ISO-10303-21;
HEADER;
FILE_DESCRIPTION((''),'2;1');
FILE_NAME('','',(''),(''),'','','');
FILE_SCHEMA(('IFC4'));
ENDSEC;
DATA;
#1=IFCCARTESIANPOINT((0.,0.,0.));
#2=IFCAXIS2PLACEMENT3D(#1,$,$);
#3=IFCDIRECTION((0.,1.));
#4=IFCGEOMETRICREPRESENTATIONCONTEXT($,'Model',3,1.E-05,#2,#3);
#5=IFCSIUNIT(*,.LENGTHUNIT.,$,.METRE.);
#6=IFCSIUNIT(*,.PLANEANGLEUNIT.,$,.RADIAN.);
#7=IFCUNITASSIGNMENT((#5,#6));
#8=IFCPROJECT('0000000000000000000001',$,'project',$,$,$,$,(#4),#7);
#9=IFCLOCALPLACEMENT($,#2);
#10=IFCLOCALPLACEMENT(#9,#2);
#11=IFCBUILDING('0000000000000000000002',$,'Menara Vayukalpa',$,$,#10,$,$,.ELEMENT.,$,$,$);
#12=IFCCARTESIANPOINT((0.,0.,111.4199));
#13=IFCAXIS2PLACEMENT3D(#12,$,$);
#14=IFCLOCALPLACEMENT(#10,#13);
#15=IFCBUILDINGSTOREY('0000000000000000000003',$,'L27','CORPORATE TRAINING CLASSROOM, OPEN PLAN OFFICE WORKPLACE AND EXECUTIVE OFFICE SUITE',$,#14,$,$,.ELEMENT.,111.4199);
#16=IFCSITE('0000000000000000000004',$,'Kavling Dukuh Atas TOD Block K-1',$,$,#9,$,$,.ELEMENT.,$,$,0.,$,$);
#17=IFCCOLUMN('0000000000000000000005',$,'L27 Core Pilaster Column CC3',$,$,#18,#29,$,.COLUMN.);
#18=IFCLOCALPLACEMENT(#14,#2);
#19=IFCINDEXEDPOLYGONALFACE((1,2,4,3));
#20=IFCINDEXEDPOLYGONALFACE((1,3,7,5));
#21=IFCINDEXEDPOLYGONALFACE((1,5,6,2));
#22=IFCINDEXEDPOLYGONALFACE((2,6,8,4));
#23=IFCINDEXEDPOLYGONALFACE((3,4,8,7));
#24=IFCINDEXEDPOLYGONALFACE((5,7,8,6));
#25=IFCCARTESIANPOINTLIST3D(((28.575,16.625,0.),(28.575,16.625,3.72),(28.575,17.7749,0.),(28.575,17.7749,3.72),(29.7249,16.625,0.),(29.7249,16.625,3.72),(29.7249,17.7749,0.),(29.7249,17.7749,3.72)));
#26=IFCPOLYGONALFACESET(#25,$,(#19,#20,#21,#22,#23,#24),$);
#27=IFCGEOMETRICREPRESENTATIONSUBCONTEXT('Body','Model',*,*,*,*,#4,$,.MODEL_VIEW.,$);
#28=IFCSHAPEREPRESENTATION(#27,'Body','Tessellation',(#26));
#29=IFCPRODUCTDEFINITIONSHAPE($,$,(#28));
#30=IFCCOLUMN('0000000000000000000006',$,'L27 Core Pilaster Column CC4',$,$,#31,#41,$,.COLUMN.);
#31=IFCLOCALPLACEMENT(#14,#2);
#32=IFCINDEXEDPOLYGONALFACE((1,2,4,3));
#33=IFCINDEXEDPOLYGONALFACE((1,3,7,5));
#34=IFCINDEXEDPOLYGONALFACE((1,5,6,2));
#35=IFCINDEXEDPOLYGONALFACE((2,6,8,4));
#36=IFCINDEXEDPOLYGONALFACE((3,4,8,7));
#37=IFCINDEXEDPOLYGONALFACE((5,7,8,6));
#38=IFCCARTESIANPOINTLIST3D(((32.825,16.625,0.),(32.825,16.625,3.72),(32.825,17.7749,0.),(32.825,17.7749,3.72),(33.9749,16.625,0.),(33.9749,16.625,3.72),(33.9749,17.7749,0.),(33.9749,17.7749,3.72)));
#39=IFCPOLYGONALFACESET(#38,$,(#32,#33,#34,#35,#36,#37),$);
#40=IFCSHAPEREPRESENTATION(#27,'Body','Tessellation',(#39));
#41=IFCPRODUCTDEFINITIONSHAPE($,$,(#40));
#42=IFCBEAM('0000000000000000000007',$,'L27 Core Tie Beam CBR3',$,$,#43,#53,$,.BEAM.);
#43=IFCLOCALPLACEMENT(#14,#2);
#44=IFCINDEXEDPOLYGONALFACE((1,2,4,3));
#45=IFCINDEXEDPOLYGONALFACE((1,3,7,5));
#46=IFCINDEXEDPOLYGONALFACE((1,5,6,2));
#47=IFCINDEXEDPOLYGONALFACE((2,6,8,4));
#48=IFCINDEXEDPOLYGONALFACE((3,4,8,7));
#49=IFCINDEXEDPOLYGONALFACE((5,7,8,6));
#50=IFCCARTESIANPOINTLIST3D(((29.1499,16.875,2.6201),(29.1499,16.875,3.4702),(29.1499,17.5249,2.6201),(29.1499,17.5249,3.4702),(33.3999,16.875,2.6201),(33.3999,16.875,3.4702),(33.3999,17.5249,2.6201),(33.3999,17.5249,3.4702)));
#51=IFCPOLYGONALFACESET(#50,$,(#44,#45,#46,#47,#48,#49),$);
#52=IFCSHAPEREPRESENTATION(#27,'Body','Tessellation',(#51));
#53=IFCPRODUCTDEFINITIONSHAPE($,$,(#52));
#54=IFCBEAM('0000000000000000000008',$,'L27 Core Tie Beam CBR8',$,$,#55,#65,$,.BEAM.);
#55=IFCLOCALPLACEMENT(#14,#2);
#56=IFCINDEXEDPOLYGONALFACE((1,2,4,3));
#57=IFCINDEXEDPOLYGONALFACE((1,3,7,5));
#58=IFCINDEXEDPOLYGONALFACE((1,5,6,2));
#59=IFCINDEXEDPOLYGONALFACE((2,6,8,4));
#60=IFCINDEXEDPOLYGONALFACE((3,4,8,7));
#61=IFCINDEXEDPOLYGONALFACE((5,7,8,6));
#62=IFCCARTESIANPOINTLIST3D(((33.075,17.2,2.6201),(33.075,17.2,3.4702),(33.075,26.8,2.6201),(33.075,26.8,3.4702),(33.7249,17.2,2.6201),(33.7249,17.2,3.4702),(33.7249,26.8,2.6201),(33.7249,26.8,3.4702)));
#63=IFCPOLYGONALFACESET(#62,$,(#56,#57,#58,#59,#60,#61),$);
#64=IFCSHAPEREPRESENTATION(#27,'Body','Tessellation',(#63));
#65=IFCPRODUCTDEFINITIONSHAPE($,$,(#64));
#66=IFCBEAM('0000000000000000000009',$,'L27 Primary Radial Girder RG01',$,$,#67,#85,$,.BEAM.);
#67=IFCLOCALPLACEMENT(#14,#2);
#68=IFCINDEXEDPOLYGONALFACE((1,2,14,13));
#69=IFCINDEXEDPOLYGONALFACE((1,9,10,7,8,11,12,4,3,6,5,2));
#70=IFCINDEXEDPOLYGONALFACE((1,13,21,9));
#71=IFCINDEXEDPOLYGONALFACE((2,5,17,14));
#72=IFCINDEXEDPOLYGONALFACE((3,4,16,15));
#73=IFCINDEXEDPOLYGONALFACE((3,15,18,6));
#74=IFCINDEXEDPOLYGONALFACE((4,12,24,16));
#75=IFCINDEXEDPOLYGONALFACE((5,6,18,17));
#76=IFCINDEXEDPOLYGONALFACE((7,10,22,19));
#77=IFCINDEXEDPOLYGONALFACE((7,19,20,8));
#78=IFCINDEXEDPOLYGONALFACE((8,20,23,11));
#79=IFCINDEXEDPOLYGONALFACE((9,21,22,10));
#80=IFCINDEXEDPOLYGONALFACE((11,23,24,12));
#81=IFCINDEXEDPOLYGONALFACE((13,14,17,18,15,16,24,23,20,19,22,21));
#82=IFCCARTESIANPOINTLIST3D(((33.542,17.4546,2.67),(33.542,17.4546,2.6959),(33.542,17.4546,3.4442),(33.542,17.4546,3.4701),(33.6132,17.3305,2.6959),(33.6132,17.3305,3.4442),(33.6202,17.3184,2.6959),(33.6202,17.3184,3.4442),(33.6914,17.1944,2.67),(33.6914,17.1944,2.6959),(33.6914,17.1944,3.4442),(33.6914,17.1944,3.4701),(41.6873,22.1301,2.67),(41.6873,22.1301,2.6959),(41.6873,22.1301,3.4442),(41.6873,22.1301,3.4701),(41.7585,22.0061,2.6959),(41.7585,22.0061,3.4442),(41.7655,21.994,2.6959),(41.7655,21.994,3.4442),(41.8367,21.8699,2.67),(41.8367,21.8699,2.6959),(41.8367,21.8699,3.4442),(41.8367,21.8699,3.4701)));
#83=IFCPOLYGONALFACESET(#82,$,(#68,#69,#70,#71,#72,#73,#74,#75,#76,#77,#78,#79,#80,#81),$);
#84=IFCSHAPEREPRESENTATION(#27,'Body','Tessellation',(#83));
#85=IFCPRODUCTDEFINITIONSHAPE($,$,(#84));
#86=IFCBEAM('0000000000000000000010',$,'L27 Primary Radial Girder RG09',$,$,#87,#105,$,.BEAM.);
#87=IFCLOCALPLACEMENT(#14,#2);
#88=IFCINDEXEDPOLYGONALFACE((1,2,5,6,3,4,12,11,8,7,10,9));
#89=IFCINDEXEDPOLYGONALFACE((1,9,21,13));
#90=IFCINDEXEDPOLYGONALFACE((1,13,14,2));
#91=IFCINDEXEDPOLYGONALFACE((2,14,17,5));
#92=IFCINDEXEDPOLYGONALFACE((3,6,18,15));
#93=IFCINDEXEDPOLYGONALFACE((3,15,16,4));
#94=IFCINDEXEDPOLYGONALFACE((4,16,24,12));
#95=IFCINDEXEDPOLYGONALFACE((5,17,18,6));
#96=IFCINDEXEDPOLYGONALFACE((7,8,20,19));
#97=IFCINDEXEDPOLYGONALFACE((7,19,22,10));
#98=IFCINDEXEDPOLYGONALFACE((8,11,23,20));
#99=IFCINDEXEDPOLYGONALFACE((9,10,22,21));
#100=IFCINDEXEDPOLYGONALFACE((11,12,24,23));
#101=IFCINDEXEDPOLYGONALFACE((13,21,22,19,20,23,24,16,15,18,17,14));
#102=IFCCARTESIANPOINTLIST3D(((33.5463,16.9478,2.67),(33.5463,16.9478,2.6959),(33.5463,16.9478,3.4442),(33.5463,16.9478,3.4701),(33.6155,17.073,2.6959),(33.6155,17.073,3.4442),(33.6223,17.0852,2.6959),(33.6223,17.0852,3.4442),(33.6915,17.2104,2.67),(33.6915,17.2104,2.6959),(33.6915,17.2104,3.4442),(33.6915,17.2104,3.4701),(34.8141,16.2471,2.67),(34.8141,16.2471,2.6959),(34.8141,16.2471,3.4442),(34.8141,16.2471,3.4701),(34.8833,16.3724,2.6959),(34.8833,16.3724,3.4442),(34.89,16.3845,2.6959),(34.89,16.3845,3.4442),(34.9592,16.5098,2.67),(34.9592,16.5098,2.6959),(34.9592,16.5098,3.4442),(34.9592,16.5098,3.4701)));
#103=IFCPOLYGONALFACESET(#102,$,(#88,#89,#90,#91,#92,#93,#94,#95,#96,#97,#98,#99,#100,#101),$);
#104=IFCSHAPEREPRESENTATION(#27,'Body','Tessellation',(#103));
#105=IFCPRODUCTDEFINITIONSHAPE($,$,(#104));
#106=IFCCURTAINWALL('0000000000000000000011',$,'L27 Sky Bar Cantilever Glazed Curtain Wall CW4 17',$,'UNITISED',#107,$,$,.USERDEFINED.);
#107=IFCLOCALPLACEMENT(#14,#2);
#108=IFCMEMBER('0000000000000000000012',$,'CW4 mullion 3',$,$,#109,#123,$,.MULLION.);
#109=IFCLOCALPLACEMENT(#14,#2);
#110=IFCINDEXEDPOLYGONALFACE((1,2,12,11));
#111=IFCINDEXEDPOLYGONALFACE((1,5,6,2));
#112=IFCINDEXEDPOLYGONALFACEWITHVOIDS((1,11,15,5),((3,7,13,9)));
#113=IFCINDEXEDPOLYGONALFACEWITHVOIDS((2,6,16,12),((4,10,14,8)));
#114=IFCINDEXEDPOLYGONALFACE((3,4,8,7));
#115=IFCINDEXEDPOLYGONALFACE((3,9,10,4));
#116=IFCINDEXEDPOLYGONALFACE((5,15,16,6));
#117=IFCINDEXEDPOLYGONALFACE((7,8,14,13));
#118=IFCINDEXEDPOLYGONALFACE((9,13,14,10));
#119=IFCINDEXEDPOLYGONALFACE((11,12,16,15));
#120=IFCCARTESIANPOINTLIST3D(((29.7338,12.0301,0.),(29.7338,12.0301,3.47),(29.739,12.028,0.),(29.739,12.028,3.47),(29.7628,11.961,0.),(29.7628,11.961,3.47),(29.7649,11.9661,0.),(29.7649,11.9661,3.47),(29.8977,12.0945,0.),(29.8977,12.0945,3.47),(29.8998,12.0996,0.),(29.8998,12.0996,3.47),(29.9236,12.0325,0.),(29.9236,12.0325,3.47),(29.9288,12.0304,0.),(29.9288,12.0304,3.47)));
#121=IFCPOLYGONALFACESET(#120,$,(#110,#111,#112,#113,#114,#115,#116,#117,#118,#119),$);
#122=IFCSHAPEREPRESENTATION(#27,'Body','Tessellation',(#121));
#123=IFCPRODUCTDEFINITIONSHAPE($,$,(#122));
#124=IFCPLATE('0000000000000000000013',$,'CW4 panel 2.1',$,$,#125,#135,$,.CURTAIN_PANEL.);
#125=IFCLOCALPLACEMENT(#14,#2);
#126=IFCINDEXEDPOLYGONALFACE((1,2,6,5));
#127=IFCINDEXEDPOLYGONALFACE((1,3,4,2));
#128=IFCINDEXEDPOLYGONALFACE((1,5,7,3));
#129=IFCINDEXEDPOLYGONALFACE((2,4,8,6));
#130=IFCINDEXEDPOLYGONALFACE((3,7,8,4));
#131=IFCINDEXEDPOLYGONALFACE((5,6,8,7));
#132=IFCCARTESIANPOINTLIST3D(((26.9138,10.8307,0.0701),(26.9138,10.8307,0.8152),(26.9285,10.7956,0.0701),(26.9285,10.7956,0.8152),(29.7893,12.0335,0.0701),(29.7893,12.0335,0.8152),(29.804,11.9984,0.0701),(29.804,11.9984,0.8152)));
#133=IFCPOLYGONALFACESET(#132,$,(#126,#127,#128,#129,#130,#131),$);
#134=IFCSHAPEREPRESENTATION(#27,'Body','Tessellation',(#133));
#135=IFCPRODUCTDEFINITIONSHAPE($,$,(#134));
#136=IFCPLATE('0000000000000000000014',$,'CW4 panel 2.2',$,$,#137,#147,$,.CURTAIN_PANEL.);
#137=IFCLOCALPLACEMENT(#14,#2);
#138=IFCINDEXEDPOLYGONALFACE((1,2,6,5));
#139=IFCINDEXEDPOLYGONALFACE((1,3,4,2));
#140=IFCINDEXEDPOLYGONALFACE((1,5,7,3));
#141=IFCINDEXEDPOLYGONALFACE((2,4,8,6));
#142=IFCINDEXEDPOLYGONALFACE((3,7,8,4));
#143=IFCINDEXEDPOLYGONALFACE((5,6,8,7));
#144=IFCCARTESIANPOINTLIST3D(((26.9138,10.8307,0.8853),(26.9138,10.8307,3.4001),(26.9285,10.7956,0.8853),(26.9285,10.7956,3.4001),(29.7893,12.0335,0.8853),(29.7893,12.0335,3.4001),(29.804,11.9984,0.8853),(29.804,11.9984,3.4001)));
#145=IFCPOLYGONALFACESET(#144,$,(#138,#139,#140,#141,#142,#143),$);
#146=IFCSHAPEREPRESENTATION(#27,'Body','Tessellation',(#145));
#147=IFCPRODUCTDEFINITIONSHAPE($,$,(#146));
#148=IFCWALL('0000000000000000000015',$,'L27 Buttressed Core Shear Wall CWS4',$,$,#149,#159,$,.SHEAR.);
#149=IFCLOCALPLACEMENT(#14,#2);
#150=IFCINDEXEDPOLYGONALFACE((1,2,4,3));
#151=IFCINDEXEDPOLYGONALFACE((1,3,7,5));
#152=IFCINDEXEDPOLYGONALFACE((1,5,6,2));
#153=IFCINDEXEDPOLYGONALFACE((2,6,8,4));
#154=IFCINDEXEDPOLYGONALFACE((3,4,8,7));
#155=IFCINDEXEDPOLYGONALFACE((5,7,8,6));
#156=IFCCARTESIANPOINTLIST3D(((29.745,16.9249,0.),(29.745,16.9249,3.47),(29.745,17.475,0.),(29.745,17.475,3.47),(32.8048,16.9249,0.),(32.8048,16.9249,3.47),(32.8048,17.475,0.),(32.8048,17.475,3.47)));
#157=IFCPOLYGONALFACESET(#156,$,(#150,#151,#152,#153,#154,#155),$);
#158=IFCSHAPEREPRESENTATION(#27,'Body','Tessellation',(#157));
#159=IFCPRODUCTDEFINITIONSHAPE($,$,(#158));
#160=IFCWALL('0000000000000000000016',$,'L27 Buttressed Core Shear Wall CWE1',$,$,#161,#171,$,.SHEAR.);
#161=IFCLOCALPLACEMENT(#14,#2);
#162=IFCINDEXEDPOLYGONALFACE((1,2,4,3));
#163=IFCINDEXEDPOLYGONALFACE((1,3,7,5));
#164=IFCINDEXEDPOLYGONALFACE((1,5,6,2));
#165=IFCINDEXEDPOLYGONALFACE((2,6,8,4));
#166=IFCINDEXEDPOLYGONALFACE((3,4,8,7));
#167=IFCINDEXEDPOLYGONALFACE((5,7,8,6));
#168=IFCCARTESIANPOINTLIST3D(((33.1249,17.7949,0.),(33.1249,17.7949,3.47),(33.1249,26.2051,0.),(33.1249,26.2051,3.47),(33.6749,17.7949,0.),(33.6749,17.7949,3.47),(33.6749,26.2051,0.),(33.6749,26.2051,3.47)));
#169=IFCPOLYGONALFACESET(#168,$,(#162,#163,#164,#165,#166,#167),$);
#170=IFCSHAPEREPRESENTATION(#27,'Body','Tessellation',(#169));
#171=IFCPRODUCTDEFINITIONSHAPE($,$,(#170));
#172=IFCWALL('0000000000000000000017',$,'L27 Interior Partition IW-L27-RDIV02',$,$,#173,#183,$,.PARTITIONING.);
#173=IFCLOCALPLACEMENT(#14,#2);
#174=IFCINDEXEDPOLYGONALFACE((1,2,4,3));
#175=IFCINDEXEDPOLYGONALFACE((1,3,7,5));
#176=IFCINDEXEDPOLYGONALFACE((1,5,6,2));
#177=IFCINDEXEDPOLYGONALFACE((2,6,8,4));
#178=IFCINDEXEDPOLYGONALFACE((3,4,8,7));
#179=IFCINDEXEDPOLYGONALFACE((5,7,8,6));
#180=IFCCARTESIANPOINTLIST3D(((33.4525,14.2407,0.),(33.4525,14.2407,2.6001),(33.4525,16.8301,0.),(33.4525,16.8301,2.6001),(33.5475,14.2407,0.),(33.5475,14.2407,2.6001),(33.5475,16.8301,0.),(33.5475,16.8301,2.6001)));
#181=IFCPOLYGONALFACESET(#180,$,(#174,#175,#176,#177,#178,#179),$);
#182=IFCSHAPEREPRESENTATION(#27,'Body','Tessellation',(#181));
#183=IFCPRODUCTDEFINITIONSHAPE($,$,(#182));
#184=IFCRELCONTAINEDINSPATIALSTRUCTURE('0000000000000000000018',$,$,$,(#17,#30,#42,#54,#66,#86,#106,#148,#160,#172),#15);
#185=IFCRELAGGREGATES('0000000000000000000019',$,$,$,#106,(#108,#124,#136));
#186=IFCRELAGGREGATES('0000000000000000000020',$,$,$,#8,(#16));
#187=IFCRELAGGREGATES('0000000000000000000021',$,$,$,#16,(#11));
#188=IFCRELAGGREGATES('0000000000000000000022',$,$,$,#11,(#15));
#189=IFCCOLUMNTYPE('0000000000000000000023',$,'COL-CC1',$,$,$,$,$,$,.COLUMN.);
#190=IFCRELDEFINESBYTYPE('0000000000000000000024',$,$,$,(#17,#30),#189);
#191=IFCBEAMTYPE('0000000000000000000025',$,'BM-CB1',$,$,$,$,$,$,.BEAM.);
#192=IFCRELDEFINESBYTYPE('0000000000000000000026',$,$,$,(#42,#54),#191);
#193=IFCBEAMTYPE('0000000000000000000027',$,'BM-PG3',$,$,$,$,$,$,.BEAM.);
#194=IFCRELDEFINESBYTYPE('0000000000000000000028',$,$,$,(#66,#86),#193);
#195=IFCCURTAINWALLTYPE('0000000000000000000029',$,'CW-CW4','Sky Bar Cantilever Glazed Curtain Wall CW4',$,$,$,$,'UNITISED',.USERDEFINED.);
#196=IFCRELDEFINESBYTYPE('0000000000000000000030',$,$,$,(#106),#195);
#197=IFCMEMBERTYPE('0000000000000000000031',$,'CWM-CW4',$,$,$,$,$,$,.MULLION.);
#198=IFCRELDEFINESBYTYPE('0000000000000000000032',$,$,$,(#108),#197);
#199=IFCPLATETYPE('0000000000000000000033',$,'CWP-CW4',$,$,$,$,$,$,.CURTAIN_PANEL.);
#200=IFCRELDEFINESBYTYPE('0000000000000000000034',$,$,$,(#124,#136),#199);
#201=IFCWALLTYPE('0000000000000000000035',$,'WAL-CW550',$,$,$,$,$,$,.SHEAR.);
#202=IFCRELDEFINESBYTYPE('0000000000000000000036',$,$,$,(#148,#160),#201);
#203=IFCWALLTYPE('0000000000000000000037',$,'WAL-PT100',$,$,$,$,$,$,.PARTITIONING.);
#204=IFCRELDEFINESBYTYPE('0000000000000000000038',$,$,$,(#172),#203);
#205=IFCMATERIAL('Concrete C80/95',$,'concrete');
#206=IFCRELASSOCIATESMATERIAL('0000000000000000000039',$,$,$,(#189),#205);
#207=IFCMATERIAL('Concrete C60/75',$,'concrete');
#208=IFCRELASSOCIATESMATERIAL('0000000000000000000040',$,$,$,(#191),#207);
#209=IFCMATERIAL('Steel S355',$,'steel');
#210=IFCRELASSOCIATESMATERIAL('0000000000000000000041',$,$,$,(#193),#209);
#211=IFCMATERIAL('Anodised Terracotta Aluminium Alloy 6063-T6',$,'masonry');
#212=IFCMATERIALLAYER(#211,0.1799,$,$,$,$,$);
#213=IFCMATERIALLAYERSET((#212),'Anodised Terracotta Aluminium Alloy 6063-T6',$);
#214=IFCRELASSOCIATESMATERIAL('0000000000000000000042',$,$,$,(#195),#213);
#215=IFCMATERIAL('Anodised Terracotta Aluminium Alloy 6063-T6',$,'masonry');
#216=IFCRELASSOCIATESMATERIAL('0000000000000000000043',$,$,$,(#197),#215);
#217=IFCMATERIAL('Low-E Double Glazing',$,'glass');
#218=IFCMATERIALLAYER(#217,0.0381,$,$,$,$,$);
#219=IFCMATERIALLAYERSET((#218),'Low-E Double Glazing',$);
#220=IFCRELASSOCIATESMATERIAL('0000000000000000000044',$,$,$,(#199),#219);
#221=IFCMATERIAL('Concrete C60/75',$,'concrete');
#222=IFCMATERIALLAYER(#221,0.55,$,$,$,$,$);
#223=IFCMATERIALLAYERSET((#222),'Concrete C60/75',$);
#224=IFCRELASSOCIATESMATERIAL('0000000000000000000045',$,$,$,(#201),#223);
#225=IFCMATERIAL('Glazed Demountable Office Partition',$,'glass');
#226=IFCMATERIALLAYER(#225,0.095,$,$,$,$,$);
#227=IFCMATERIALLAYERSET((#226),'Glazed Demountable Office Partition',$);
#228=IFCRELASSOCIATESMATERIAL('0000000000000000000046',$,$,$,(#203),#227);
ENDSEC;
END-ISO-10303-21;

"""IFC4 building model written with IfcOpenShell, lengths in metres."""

from ifc_helpers import new_model, si_unit, direction, frame, frame_2d, origin, origin_2d, place, context, subcontext, project, spatial, rectangle, hollow_rectangle, i_section, extrude, material, layer, layer_set, material_profile, profile_set, type_object, element, aggregate, save


model = new_model("IFC4")

# Units and contexts
model_context = context("Model", 3, precision=1e-05, world=origin(), true_north=direction((0.0, 1.0)))
body_context = subcontext(model_context, "Body", "Model", "MODEL_VIEW")
ifc_project = project(units=[si_unit("LENGTHUNIT", "METRE"), si_unit("PLANEANGLEUNIT", "RADIAN")], contexts=[model_context])

# Site, building, storey
site_placement = place(None, origin())
site = spatial("IfcSite", under=ifc_project, at=site_placement, Name="Kavling Dukuh Atas TOD Block K-1", CompositionType="ELEMENT", RefElevation=0.0)
building_placement = place(site_placement, origin())
building = spatial("IfcBuilding", under=site, at=building_placement, Name="Menara Vayukalpa", CompositionType="ELEMENT")
storey_placement = place(building_placement, frame((0.0, 0.0, 111.4199)))
storey = spatial("IfcBuildingStorey", under=building, at=storey_placement, Name="L27", Description="CORPORATE TRAINING CLASSROOM, OPEN PLAN OFFICE WORKPLACE AND EXECUTIVE OFFICE SUITE", CompositionType="ELEMENT", Elevation=111.4199)

# Columns
ifc_material_1 = material(Name="Concrete C80/95", Category="concrete")
ifc_material_profile_1 = material_profile(ifc_material_1, rectangle(XDim=1.1499, YDim=1.1499, at=origin_2d()), Name="RC 1150x1150")
ifc_profile_set_1 = profile_set([ifc_material_profile_1], Name="Concrete C80/95")
column_type = type_object("IfcColumnType", Name="COL-CC1", PredefinedType="COLUMN", material=ifc_profile_set_1)
for number, where, z_axis, x_axis, name in (
    (1, (29.1499, 17.2, 0.0), (0.0, 0.0, 1.0), (1.0, 0.0, 0.0), "L27 Core Pilaster Column CC3"),
    (2, (33.3999, 17.2, 0.0), (0.0, 0.0, 1.0), (1.0, 0.0, 0.0), "L27 Core Pilaster Column CC4"),
):
    element("IfcColumn", number, at=place(storey_placement, frame(where, z_axis=z_axis, x_axis=x_axis)), inside=storey, type_object=column_type, Name=name, PredefinedType="COLUMN", context=body_context, shape_type="SweptSolid", body=[
        extrude(rectangle(XDim=1.1499, YDim=1.1499, at=origin_2d()), origin(), (0.0, 0.0, 1.0), 3.72),
    ])

# Beams
ifc_material_2 = material(Name="Concrete C60/75", Category="concrete")
ifc_material_profile_2 = material_profile(ifc_material_2, rectangle(XDim=0.6499, YDim=0.8501, at=origin_2d()), Name="RC 650x850")
ifc_profile_set_2 = profile_set([ifc_material_profile_2], Name="Concrete C60/75")
beam_type_1 = type_object("IfcBeamType", Name="BM-CB1", PredefinedType="BEAM", material=ifc_profile_set_2)
beam_1_placement = place(storey_placement, frame((29.1499, 17.2, 3.0452), z_axis=(1.0, 0.0, 0.0), x_axis=(0.0, 1.0, 0.0)))
element("IfcBeam", 3, at=beam_1_placement, inside=storey, type_object=beam_type_1, Name="L27 Core Tie Beam CBR3", PredefinedType="BEAM", context=body_context, shape_type="SweptSolid", body=[
    extrude(rectangle(XDim=0.6499, YDim=0.8501, at=origin_2d()), origin(), (0.0, 0.0, 1.0), 4.25),
])
beam_2_placement = place(storey_placement, frame((33.3999, 17.2, 3.0452), z_axis=(0.0, 1.0, 0.0), x_axis=(-1.0, 0.0, 0.0)))
element("IfcBeam", 4, at=beam_2_placement, inside=storey, type_object=beam_type_1, Name="L27 Core Tie Beam CBR8", PredefinedType="BEAM", context=body_context, shape_type="SweptSolid", body=[
    extrude(rectangle(XDim=0.6499, YDim=0.8501, at=origin_2d()), origin(), (0.0, 0.0, 1.0), 9.6001),
])
ifc_material_3 = material(Name="Steel S355", Category="steel")
ifc_material_profile_3 = material_profile(ifc_material_3, i_section(OverallWidth=0.3, OverallDepth=0.8, WebThickness=0.0139, FlangeThickness=0.0259, at=origin_2d()), Name="WF 800x300x14x26")
ifc_profile_set_3 = profile_set([ifc_material_profile_3], Name="Steel S355")
beam_type_2 = type_object("IfcBeamType", Name="BM-PG3", PredefinedType="BEAM", material=ifc_profile_set_3)
beam_3_placement = place(storey_placement, frame((33.6167, 17.3245, 3.0701), z_axis=(0.867274, 0.497832, 0.0), x_axis=(-0.497832, 0.867274, 0.0)))
element("IfcBeam", 5, at=beam_3_placement, inside=storey, type_object=beam_type_2, Name="L27 Primary Radial Girder RG01", PredefinedType="BEAM", context=body_context, shape_type="SweptSolid", body=[
    extrude(i_section(OverallWidth=0.3, OverallDepth=0.8, WebThickness=0.0139, FlangeThickness=0.0259, at=origin_2d()), origin(), (0.0, 0.0, 1.0), 9.3918),
])
beam_4_placement = place(storey_placement, frame((33.6189, 17.0791, 3.0701), z_axis=(0.875228, -0.48371, 0.0), x_axis=(0.48371, 0.875228, 0.0)))
element("IfcBeam", 6, at=beam_4_placement, inside=storey, type_object=beam_type_2, Name="L27 Primary Radial Girder RG09", PredefinedType="BEAM", context=body_context, shape_type="SweptSolid", body=[
    extrude(i_section(OverallWidth=0.3, OverallDepth=0.8, WebThickness=0.0139, FlangeThickness=0.0259, at=origin_2d()), origin(), (0.0, 0.0, 1.0), 1.4485),
])

# Curtain wall, member, plates
ifc_material_4 = material(Name="Anodised Terracotta Aluminium Alloy 6063-T6", Category="masonry")
ifc_layer_1 = layer(ifc_material_4, 0.1799)
ifc_layer_set_1 = layer_set([ifc_layer_1], Name="Anodised Terracotta Aluminium Alloy 6063-T6")
curtain_wall_type = type_object("IfcCurtainWallType", Name="CW-CW4", Description="Sky Bar Cantilever Glazed Curtain Wall CW4", ElementType="UNITISED", PredefinedType="USERDEFINED", material=ifc_layer_set_1)
curtain_wall_placement = place(storey_placement, origin())
curtain_wall = element("IfcCurtainWall", 7, at=curtain_wall_placement, inside=storey, type_object=curtain_wall_type, Name="L27 Sky Bar Cantilever Glazed Curtain Wall CW4 17", ObjectType="UNITISED", PredefinedType="USERDEFINED")
ifc_material_5 = material(Name="Anodised Terracotta Aluminium Alloy 6063-T6", Category="masonry")
ifc_material_profile_4 = material_profile(ifc_material_5, hollow_rectangle(XDim=0.075, YDim=0.1799, WallThickness=0.0039, at=origin_2d()), Name="ALU 75x180x4")
ifc_profile_set_4 = profile_set([ifc_material_profile_4], Name="Anodised Terracotta Aluminium Alloy 6063-T6")
member_type = type_object("IfcMemberType", Name="CWM-CW4", PredefinedType="MULLION", material=ifc_profile_set_4)
member_placement = place(storey_placement, frame((29.8313, 12.0303, 0.0), z_axis=(0.0, 0.0, 1.0), x_axis=(-0.385894, 0.922543, 0.0)))
member = element("IfcMember", 8, at=member_placement, type_object=member_type, Name="CW4 mullion 3", PredefinedType="MULLION", context=body_context, shape_type="SweptSolid", body=[
    extrude(hollow_rectangle(XDim=0.075, YDim=0.1799, WallThickness=0.0039, at=origin_2d()), origin(), (0.0, 0.0, 1.0), 3.47),
])
ifc_material_6 = material(Name="Low-E Double Glazing", Category="glass")
ifc_layer_2 = layer(ifc_material_6, 0.0381)
ifc_layer_set_2 = layer_set([ifc_layer_2], Name="Low-E Double Glazing")
plate_type = type_object("IfcPlateType", Name="CWP-CW4", PredefinedType="CURTAIN_PANEL", material=ifc_layer_set_2)
plate_1_placement = place(storey_placement, frame((28.3589, 11.4146, 0.0701), z_axis=(0.0, 0.0, 1.0), x_axis=(0.922543, 0.385894, 0.0)))
plate_1 = element("IfcPlate", 9, at=plate_1_placement, type_object=plate_type, Name="CW4 panel 2.1", PredefinedType="CURTAIN_PANEL", context=body_context, shape_type="SweptSolid", body=[
    extrude(rectangle(XDim=3.1169, YDim=0.0381, at=origin_2d()), origin(), (0.0, 0.0, 1.0), 0.7451),
])
plate_2_placement = place(storey_placement, frame((28.3589, 11.4146, 0.8853), z_axis=(0.0, 0.0, 1.0), x_axis=(0.922543, 0.385894, 0.0)))
plate_2 = element("IfcPlate", 10, at=plate_2_placement, type_object=plate_type, Name="CW4 panel 2.2", PredefinedType="CURTAIN_PANEL", context=body_context, shape_type="SweptSolid", body=[
    extrude(rectangle(XDim=3.1169, YDim=0.0381, at=origin_2d()), origin(), (0.0, 0.0, 1.0), 2.5149),
])
aggregate(curtain_wall, [member, plate_1, plate_2])

# Walls
ifc_material_7 = material(Name="Concrete C60/75", Category="concrete")
ifc_layer_3 = layer(ifc_material_7, 0.55)
ifc_layer_set_3 = layer_set([ifc_layer_3], Name="Concrete C60/75")
wall_type_1 = type_object("IfcWallType", Name="WAL-CW550", PredefinedType="SHEAR", material=ifc_layer_set_3)
wall_1_placement = place(storey_placement, frame((29.7451, 17.2, 0.0), z_axis=(0.0, 0.0, 1.0), x_axis=(1.0, 0.0, 0.0)))
element("IfcWall", 11, at=wall_1_placement, inside=storey, type_object=wall_type_1, Name="L27 Buttressed Core Shear Wall CWS4", PredefinedType="SHEAR", context=body_context, shape_type="SweptSolid", body=[
    extrude(rectangle(XDim=3.0598, YDim=0.55, at=frame_2d((1.5298, 0.0))), origin(), (0.0, 0.0, 1.0), 3.47),
])
wall_2_placement = place(storey_placement, frame((33.3999, 17.7949, 0.0), z_axis=(0.0, 0.0, 1.0), x_axis=(0.0, 1.0, 0.0)))
element("IfcWall", 12, at=wall_2_placement, inside=storey, type_object=wall_type_1, Name="L27 Buttressed Core Shear Wall CWE1", PredefinedType="SHEAR", context=body_context, shape_type="SweptSolid", body=[
    extrude(rectangle(XDim=8.4102, YDim=0.55, at=frame_2d((4.2051, 0.0))), origin(), (0.0, 0.0, 1.0), 3.47),
])
ifc_material_8 = material(Name="Glazed Demountable Office Partition", Category="glass")
ifc_layer_4 = layer(ifc_material_8, 0.095)
ifc_layer_set_4 = layer_set([ifc_layer_4], Name="Glazed Demountable Office Partition")
wall_type_2 = type_object("IfcWallType", Name="WAL-PT100", PredefinedType="PARTITIONING", material=ifc_layer_set_4)
wall_3_placement = place(storey_placement, frame((33.5, 14.2407, 0.0), z_axis=(0.0, 0.0, 1.0), x_axis=(0.0, 1.0, 0.0)))
element("IfcWall", 13, at=wall_3_placement, inside=storey, type_object=wall_type_2, Name="L27 Interior Partition IW-L27-RDIV02", PredefinedType="PARTITIONING", context=body_context, shape_type="SweptSolid", body=[
    extrude(rectangle(XDim=2.5894, YDim=0.095, at=frame_2d((1.2947, 0.0))), origin(), (0.0, 0.0, 1.0), 2.6001),
])

save(model, "model.ifc")
